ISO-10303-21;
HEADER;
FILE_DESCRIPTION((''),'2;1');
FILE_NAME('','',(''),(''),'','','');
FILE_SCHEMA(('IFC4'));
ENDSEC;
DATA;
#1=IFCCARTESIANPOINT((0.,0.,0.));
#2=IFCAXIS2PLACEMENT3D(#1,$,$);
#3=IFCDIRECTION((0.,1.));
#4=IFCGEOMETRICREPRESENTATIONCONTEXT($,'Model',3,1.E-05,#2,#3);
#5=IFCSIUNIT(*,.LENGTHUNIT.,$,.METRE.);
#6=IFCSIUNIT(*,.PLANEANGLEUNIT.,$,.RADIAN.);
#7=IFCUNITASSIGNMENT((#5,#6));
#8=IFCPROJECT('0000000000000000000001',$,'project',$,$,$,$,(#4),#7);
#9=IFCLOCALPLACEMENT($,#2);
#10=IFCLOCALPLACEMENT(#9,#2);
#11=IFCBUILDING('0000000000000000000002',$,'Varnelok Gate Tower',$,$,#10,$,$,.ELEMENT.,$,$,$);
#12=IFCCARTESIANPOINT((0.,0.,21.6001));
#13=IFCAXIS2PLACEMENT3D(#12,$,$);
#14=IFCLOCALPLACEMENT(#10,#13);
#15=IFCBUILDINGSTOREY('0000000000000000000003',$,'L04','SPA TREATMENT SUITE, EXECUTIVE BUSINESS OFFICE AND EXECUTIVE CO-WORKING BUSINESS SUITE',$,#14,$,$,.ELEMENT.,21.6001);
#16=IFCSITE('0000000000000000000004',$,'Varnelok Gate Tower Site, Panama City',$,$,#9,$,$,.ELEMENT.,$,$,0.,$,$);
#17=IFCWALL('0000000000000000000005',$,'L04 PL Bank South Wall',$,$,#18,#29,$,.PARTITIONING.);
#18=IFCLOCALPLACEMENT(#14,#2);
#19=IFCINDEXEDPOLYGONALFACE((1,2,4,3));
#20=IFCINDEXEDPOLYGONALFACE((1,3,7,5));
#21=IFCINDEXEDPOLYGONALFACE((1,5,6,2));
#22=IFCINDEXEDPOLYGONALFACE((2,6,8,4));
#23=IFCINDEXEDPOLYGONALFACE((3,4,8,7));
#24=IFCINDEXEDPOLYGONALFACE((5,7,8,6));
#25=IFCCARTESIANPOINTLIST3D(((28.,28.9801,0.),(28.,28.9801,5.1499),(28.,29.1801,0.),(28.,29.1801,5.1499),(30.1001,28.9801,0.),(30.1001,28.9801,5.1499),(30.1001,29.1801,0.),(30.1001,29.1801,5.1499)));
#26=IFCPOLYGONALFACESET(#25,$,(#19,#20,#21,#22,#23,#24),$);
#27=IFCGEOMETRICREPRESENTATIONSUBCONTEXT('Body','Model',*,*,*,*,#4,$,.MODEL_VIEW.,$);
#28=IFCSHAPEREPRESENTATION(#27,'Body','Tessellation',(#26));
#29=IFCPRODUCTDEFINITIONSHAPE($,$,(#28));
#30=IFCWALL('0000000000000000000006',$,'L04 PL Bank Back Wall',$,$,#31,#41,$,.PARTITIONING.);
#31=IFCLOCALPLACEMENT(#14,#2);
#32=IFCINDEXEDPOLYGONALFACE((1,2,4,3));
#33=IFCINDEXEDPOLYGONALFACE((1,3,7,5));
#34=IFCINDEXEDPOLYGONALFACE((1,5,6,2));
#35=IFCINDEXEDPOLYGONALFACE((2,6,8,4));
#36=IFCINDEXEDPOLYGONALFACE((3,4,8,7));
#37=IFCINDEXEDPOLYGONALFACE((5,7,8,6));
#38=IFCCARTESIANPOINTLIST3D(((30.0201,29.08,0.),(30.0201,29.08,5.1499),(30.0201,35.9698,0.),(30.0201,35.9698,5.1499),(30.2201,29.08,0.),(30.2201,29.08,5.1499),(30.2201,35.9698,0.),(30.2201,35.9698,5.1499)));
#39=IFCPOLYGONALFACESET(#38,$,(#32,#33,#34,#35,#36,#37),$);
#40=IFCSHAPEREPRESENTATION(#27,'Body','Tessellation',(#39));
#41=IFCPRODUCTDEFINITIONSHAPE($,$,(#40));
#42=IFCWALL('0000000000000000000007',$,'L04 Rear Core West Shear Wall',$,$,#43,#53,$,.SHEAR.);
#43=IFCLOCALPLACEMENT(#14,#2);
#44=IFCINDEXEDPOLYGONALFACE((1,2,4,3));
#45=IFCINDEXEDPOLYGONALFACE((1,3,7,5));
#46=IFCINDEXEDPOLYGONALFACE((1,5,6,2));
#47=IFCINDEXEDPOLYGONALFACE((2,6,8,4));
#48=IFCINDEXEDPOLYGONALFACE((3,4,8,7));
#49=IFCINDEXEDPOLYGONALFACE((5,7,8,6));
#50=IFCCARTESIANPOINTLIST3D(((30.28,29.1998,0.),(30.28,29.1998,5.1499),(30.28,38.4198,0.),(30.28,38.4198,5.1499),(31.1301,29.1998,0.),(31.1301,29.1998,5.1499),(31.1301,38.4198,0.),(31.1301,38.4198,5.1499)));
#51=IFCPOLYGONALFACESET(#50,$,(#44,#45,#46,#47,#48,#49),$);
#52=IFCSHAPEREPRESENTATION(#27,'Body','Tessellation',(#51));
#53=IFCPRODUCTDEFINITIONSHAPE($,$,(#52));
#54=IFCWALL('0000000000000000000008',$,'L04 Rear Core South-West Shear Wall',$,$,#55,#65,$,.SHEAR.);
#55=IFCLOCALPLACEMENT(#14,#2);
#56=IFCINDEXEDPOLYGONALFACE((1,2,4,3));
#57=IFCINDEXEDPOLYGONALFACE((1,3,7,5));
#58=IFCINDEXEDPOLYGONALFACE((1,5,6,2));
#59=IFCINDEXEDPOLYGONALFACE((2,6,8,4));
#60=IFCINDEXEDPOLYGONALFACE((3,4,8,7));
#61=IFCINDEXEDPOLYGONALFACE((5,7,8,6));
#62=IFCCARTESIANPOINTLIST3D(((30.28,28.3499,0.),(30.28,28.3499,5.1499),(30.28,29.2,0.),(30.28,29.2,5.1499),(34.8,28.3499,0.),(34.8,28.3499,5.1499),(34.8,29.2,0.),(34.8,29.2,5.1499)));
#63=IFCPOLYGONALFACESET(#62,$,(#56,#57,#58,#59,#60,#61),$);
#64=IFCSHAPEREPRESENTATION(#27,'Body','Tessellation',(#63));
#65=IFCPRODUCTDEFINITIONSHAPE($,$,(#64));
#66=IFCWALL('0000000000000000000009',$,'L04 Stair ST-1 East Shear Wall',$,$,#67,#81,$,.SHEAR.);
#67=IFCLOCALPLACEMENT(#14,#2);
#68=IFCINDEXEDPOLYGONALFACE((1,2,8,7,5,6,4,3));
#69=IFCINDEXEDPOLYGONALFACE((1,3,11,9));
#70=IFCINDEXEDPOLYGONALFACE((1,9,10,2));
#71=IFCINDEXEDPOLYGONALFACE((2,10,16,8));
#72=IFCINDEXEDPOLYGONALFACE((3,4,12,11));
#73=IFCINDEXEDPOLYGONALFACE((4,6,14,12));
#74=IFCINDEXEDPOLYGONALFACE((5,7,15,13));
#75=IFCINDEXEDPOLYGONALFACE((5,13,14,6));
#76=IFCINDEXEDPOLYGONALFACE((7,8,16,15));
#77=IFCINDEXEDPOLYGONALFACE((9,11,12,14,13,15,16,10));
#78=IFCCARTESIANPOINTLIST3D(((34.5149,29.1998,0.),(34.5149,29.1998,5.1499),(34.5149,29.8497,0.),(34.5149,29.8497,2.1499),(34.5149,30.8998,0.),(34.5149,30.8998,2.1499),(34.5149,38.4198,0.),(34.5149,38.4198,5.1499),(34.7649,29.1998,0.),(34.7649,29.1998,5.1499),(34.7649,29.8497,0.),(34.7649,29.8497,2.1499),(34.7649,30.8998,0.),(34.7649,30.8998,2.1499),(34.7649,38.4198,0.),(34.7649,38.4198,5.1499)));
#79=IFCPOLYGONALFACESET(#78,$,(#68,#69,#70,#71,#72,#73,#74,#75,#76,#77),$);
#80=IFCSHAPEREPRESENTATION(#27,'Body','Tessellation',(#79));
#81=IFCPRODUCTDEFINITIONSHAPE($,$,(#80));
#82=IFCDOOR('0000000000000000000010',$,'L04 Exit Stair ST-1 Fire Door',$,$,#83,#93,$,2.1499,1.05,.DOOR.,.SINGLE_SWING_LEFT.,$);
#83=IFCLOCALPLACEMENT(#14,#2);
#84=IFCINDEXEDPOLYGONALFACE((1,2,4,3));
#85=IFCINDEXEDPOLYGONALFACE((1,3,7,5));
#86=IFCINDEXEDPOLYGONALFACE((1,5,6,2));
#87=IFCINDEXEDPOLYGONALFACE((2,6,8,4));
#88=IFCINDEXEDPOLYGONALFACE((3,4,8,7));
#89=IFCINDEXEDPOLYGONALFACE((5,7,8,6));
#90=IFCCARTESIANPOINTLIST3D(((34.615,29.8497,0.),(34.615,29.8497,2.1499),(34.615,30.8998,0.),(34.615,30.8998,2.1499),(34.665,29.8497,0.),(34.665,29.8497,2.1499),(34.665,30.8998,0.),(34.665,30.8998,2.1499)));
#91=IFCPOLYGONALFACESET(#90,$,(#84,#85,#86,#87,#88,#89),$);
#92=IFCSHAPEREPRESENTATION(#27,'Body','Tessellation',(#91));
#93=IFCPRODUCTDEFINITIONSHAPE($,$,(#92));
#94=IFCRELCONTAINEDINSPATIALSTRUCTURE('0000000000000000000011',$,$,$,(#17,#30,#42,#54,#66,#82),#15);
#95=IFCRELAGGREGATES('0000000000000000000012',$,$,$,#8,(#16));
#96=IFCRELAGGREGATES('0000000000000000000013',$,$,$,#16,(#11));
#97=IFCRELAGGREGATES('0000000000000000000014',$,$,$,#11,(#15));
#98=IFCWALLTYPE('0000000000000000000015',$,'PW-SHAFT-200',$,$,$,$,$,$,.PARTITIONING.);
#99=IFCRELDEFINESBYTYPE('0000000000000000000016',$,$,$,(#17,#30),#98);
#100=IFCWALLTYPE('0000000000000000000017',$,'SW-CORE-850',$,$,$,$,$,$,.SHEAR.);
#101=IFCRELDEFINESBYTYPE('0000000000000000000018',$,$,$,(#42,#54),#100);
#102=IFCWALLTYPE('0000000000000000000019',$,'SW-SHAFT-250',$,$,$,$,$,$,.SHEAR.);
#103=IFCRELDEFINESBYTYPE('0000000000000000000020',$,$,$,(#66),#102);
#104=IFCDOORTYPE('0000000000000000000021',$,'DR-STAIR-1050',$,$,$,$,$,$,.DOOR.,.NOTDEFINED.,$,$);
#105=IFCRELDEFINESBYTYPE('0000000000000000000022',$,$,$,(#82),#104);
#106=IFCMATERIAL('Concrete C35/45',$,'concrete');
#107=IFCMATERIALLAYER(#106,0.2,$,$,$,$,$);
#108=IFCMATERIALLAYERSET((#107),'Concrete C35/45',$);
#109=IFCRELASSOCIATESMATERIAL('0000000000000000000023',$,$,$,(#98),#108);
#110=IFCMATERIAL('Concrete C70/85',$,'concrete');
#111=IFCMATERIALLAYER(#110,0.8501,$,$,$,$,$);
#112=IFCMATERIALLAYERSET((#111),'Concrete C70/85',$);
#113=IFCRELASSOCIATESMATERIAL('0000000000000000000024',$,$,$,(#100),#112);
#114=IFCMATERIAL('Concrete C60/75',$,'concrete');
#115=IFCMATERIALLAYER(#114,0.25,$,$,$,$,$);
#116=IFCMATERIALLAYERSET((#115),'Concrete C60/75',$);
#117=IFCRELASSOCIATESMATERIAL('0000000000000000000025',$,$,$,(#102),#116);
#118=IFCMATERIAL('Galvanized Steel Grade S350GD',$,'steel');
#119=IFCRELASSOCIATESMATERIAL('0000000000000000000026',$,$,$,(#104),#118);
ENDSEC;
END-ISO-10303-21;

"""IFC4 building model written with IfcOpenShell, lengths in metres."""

from ifc_helpers import new_model, si_unit, direction, frame, frame_2d, origin, place, context, subcontext, project, spatial, rectangle, extrude, material, layer, layer_set, type_object, element, fill, save


model = new_model("IFC4")

# Units and contexts
model_context = context("Model", 3, precision=1e-05, world=origin(), true_north=direction((0.0, 1.0)))
body_context = subcontext(model_context, "Body", "Model", "MODEL_VIEW")
ifc_project = project(units=[si_unit("LENGTHUNIT", "METRE"), si_unit("PLANEANGLEUNIT", "RADIAN")], contexts=[model_context])

# Site, building, storey
site_placement = place(None, origin())
site = spatial("IfcSite", under=ifc_project, at=site_placement, Name="Varnelok Gate Tower Site, Panama City", CompositionType="ELEMENT", RefElevation=0.0)
building_placement = place(site_placement, origin())
building = spatial("IfcBuilding", under=site, at=building_placement, Name="Varnelok Gate Tower", CompositionType="ELEMENT")
storey_placement = place(building_placement, frame((0.0, 0.0, 21.6001)))
storey = spatial("IfcBuildingStorey", under=building, at=storey_placement, Name="L04", Description="SPA TREATMENT SUITE, EXECUTIVE BUSINESS OFFICE AND EXECUTIVE CO-WORKING BUSINESS SUITE", CompositionType="ELEMENT", Elevation=21.6001)

# Shared definitions
ifc_material_1 = material(Name="Concrete C70/85", Category="concrete")

# Walls
ifc_material_2 = material(Name="Concrete C35/45", Category="concrete")
ifc_layer_1 = layer(ifc_material_2, 0.2)
ifc_layer_set_1 = layer_set([ifc_layer_1], Name="Concrete C35/45")
wall_type_1 = type_object("IfcWallType", Name="PW-SHAFT-200", PredefinedType="PARTITIONING", material=ifc_layer_set_1)
wall_1_placement = place(storey_placement, frame((28.0, 29.0801, 0.0), z_axis=(0.0, 0.0, 1.0), x_axis=(1.0, 0.0, 0.0)))
element("IfcWall", 1, at=wall_1_placement, inside=storey, type_object=wall_type_1, Name="L04 PL Bank South Wall", PredefinedType="PARTITIONING", context=body_context, shape_type="SweptSolid", body=[
    extrude(rectangle(XDim=2.1001, YDim=0.2, at=frame_2d((1.05, 0.0))), origin(), (0.0, 0.0, 1.0), 5.1499),
])
wall_2_placement = place(storey_placement, frame((30.1201, 29.0801, 0.0), z_axis=(0.0, 0.0, 1.0), x_axis=(0.0, 1.0, 0.0)))
element("IfcWall", 2, at=wall_2_placement, inside=storey, type_object=wall_type_1, Name="L04 PL Bank Back Wall", PredefinedType="PARTITIONING", context=body_context, shape_type="SweptSolid", body=[
    extrude(rectangle(XDim=6.8899, YDim=0.2, at=frame_2d((3.4448, 0.0))), origin(), (0.0, 0.0, 1.0), 5.1499),
])

# Shared definitions
ifc_material_3 = material(Name="Galvanized Steel Grade S350GD", Category="steel")

# Walls
ifc_layer_2 = layer(ifc_material_1, 0.8501)
ifc_layer_set_2 = layer_set([ifc_layer_2], Name="Concrete C70/85")
wall_type_2 = type_object("IfcWallType", Name="SW-CORE-850", PredefinedType="SHEAR", material=ifc_layer_set_2)
wall_3_placement = place(storey_placement, frame((30.7051, 29.2, 0.0), z_axis=(0.0, 0.0, 1.0), x_axis=(0.0, 1.0, 0.0)))
element("IfcWall", 3, at=wall_3_placement, inside=storey, type_object=wall_type_2, Name="L04 Rear Core West Shear Wall", PredefinedType="SHEAR", context=body_context, shape_type="SweptSolid", body=[
    extrude(rectangle(XDim=9.22, YDim=0.8501, at=frame_2d((4.6099, 0.0))), origin(), (0.0, 0.0, 1.0), 5.1499),
])
wall_4_placement = place(storey_placement, frame((30.28, 28.7749, 0.0), z_axis=(0.0, 0.0, 1.0), x_axis=(1.0, 0.0, 0.0)))
element("IfcWall", 4, at=wall_4_placement, inside=storey, type_object=wall_type_2, Name="L04 Rear Core South-West Shear Wall", PredefinedType="SHEAR", context=body_context, shape_type="SweptSolid", body=[
    extrude(rectangle(XDim=4.52, YDim=0.8501, at=frame_2d((2.26, 0.0))), origin(), (0.0, 0.0, 1.0), 5.1499),
])

# Wall, opening, door
ifc_material_4 = material(Name="Concrete C60/75", Category="concrete")
ifc_layer_3 = layer(ifc_material_4, 0.25)
ifc_layer_set_3 = layer_set([ifc_layer_3], Name="Concrete C60/75")
wall_type_3 = type_object("IfcWallType", Name="SW-SHAFT-250", PredefinedType="SHEAR", material=ifc_layer_set_3)
wall_5_placement = place(storey_placement, frame((34.6399, 29.2, 0.0), z_axis=(0.0, 0.0, 1.0), x_axis=(0.0, 1.0, 0.0)))
wall_5 = element("IfcWall", 5, at=wall_5_placement, inside=storey, type_object=wall_type_3, Name="L04 Stair ST-1 East Shear Wall", PredefinedType="SHEAR", context=body_context, shape_type="SweptSolid", body=[
    extrude(rectangle(XDim=9.22, YDim=0.25, at=frame_2d((4.6099, 0.0))), origin(), (0.0, 0.0, 1.0), 5.1499),
])
opening_1_placement = place(wall_5_placement, frame((0.6499, 0.0, 0.0)))
opening_1 = element("IfcOpeningElement", 6, at=opening_1_placement, cuts=wall_5, PredefinedType="OPENING", context=body_context, shape_type="SweptSolid", body=[
    extrude(rectangle(XDim=1.05, YDim=2.1499, at=frame_2d((0.5249, 1.075))), frame((0.0, 0.135, 0.0), z_axis=(0.0, -1.0, 0.0), x_axis=(1.0, 0.0, 0.0)), (0.0, 0.0, 1.0), 0.27),
])
door_type_1 = type_object("IfcDoorType", Name="DR-STAIR-1050", OperationType="NOTDEFINED", PredefinedType="DOOR", material=ifc_material_3)
door_1_placement = place(opening_1_placement, origin())
door_1 = element("IfcDoor", 7, at=door_1_placement, inside=storey, type_object=door_type_1, Name="L04 Exit Stair ST-1 Fire Door", OperationType="SINGLE_SWING_LEFT", OverallHeight=2.1499, OverallWidth=1.05, PredefinedType="DOOR", context=body_context, shape_type="SweptSolid", body=[
    extrude(rectangle(XDim=1.05, YDim=2.1499, at=frame_2d((0.5249, 1.075))), frame((0.0, 0.0249, 0.0), z_axis=(0.0, -1.0, 0.0), x_axis=(1.0, 0.0, 0.0)), (0.0, 0.0, 1.0), 0.05),
])
fill(opening_1, door_1)

save(model, "model.ifc")
